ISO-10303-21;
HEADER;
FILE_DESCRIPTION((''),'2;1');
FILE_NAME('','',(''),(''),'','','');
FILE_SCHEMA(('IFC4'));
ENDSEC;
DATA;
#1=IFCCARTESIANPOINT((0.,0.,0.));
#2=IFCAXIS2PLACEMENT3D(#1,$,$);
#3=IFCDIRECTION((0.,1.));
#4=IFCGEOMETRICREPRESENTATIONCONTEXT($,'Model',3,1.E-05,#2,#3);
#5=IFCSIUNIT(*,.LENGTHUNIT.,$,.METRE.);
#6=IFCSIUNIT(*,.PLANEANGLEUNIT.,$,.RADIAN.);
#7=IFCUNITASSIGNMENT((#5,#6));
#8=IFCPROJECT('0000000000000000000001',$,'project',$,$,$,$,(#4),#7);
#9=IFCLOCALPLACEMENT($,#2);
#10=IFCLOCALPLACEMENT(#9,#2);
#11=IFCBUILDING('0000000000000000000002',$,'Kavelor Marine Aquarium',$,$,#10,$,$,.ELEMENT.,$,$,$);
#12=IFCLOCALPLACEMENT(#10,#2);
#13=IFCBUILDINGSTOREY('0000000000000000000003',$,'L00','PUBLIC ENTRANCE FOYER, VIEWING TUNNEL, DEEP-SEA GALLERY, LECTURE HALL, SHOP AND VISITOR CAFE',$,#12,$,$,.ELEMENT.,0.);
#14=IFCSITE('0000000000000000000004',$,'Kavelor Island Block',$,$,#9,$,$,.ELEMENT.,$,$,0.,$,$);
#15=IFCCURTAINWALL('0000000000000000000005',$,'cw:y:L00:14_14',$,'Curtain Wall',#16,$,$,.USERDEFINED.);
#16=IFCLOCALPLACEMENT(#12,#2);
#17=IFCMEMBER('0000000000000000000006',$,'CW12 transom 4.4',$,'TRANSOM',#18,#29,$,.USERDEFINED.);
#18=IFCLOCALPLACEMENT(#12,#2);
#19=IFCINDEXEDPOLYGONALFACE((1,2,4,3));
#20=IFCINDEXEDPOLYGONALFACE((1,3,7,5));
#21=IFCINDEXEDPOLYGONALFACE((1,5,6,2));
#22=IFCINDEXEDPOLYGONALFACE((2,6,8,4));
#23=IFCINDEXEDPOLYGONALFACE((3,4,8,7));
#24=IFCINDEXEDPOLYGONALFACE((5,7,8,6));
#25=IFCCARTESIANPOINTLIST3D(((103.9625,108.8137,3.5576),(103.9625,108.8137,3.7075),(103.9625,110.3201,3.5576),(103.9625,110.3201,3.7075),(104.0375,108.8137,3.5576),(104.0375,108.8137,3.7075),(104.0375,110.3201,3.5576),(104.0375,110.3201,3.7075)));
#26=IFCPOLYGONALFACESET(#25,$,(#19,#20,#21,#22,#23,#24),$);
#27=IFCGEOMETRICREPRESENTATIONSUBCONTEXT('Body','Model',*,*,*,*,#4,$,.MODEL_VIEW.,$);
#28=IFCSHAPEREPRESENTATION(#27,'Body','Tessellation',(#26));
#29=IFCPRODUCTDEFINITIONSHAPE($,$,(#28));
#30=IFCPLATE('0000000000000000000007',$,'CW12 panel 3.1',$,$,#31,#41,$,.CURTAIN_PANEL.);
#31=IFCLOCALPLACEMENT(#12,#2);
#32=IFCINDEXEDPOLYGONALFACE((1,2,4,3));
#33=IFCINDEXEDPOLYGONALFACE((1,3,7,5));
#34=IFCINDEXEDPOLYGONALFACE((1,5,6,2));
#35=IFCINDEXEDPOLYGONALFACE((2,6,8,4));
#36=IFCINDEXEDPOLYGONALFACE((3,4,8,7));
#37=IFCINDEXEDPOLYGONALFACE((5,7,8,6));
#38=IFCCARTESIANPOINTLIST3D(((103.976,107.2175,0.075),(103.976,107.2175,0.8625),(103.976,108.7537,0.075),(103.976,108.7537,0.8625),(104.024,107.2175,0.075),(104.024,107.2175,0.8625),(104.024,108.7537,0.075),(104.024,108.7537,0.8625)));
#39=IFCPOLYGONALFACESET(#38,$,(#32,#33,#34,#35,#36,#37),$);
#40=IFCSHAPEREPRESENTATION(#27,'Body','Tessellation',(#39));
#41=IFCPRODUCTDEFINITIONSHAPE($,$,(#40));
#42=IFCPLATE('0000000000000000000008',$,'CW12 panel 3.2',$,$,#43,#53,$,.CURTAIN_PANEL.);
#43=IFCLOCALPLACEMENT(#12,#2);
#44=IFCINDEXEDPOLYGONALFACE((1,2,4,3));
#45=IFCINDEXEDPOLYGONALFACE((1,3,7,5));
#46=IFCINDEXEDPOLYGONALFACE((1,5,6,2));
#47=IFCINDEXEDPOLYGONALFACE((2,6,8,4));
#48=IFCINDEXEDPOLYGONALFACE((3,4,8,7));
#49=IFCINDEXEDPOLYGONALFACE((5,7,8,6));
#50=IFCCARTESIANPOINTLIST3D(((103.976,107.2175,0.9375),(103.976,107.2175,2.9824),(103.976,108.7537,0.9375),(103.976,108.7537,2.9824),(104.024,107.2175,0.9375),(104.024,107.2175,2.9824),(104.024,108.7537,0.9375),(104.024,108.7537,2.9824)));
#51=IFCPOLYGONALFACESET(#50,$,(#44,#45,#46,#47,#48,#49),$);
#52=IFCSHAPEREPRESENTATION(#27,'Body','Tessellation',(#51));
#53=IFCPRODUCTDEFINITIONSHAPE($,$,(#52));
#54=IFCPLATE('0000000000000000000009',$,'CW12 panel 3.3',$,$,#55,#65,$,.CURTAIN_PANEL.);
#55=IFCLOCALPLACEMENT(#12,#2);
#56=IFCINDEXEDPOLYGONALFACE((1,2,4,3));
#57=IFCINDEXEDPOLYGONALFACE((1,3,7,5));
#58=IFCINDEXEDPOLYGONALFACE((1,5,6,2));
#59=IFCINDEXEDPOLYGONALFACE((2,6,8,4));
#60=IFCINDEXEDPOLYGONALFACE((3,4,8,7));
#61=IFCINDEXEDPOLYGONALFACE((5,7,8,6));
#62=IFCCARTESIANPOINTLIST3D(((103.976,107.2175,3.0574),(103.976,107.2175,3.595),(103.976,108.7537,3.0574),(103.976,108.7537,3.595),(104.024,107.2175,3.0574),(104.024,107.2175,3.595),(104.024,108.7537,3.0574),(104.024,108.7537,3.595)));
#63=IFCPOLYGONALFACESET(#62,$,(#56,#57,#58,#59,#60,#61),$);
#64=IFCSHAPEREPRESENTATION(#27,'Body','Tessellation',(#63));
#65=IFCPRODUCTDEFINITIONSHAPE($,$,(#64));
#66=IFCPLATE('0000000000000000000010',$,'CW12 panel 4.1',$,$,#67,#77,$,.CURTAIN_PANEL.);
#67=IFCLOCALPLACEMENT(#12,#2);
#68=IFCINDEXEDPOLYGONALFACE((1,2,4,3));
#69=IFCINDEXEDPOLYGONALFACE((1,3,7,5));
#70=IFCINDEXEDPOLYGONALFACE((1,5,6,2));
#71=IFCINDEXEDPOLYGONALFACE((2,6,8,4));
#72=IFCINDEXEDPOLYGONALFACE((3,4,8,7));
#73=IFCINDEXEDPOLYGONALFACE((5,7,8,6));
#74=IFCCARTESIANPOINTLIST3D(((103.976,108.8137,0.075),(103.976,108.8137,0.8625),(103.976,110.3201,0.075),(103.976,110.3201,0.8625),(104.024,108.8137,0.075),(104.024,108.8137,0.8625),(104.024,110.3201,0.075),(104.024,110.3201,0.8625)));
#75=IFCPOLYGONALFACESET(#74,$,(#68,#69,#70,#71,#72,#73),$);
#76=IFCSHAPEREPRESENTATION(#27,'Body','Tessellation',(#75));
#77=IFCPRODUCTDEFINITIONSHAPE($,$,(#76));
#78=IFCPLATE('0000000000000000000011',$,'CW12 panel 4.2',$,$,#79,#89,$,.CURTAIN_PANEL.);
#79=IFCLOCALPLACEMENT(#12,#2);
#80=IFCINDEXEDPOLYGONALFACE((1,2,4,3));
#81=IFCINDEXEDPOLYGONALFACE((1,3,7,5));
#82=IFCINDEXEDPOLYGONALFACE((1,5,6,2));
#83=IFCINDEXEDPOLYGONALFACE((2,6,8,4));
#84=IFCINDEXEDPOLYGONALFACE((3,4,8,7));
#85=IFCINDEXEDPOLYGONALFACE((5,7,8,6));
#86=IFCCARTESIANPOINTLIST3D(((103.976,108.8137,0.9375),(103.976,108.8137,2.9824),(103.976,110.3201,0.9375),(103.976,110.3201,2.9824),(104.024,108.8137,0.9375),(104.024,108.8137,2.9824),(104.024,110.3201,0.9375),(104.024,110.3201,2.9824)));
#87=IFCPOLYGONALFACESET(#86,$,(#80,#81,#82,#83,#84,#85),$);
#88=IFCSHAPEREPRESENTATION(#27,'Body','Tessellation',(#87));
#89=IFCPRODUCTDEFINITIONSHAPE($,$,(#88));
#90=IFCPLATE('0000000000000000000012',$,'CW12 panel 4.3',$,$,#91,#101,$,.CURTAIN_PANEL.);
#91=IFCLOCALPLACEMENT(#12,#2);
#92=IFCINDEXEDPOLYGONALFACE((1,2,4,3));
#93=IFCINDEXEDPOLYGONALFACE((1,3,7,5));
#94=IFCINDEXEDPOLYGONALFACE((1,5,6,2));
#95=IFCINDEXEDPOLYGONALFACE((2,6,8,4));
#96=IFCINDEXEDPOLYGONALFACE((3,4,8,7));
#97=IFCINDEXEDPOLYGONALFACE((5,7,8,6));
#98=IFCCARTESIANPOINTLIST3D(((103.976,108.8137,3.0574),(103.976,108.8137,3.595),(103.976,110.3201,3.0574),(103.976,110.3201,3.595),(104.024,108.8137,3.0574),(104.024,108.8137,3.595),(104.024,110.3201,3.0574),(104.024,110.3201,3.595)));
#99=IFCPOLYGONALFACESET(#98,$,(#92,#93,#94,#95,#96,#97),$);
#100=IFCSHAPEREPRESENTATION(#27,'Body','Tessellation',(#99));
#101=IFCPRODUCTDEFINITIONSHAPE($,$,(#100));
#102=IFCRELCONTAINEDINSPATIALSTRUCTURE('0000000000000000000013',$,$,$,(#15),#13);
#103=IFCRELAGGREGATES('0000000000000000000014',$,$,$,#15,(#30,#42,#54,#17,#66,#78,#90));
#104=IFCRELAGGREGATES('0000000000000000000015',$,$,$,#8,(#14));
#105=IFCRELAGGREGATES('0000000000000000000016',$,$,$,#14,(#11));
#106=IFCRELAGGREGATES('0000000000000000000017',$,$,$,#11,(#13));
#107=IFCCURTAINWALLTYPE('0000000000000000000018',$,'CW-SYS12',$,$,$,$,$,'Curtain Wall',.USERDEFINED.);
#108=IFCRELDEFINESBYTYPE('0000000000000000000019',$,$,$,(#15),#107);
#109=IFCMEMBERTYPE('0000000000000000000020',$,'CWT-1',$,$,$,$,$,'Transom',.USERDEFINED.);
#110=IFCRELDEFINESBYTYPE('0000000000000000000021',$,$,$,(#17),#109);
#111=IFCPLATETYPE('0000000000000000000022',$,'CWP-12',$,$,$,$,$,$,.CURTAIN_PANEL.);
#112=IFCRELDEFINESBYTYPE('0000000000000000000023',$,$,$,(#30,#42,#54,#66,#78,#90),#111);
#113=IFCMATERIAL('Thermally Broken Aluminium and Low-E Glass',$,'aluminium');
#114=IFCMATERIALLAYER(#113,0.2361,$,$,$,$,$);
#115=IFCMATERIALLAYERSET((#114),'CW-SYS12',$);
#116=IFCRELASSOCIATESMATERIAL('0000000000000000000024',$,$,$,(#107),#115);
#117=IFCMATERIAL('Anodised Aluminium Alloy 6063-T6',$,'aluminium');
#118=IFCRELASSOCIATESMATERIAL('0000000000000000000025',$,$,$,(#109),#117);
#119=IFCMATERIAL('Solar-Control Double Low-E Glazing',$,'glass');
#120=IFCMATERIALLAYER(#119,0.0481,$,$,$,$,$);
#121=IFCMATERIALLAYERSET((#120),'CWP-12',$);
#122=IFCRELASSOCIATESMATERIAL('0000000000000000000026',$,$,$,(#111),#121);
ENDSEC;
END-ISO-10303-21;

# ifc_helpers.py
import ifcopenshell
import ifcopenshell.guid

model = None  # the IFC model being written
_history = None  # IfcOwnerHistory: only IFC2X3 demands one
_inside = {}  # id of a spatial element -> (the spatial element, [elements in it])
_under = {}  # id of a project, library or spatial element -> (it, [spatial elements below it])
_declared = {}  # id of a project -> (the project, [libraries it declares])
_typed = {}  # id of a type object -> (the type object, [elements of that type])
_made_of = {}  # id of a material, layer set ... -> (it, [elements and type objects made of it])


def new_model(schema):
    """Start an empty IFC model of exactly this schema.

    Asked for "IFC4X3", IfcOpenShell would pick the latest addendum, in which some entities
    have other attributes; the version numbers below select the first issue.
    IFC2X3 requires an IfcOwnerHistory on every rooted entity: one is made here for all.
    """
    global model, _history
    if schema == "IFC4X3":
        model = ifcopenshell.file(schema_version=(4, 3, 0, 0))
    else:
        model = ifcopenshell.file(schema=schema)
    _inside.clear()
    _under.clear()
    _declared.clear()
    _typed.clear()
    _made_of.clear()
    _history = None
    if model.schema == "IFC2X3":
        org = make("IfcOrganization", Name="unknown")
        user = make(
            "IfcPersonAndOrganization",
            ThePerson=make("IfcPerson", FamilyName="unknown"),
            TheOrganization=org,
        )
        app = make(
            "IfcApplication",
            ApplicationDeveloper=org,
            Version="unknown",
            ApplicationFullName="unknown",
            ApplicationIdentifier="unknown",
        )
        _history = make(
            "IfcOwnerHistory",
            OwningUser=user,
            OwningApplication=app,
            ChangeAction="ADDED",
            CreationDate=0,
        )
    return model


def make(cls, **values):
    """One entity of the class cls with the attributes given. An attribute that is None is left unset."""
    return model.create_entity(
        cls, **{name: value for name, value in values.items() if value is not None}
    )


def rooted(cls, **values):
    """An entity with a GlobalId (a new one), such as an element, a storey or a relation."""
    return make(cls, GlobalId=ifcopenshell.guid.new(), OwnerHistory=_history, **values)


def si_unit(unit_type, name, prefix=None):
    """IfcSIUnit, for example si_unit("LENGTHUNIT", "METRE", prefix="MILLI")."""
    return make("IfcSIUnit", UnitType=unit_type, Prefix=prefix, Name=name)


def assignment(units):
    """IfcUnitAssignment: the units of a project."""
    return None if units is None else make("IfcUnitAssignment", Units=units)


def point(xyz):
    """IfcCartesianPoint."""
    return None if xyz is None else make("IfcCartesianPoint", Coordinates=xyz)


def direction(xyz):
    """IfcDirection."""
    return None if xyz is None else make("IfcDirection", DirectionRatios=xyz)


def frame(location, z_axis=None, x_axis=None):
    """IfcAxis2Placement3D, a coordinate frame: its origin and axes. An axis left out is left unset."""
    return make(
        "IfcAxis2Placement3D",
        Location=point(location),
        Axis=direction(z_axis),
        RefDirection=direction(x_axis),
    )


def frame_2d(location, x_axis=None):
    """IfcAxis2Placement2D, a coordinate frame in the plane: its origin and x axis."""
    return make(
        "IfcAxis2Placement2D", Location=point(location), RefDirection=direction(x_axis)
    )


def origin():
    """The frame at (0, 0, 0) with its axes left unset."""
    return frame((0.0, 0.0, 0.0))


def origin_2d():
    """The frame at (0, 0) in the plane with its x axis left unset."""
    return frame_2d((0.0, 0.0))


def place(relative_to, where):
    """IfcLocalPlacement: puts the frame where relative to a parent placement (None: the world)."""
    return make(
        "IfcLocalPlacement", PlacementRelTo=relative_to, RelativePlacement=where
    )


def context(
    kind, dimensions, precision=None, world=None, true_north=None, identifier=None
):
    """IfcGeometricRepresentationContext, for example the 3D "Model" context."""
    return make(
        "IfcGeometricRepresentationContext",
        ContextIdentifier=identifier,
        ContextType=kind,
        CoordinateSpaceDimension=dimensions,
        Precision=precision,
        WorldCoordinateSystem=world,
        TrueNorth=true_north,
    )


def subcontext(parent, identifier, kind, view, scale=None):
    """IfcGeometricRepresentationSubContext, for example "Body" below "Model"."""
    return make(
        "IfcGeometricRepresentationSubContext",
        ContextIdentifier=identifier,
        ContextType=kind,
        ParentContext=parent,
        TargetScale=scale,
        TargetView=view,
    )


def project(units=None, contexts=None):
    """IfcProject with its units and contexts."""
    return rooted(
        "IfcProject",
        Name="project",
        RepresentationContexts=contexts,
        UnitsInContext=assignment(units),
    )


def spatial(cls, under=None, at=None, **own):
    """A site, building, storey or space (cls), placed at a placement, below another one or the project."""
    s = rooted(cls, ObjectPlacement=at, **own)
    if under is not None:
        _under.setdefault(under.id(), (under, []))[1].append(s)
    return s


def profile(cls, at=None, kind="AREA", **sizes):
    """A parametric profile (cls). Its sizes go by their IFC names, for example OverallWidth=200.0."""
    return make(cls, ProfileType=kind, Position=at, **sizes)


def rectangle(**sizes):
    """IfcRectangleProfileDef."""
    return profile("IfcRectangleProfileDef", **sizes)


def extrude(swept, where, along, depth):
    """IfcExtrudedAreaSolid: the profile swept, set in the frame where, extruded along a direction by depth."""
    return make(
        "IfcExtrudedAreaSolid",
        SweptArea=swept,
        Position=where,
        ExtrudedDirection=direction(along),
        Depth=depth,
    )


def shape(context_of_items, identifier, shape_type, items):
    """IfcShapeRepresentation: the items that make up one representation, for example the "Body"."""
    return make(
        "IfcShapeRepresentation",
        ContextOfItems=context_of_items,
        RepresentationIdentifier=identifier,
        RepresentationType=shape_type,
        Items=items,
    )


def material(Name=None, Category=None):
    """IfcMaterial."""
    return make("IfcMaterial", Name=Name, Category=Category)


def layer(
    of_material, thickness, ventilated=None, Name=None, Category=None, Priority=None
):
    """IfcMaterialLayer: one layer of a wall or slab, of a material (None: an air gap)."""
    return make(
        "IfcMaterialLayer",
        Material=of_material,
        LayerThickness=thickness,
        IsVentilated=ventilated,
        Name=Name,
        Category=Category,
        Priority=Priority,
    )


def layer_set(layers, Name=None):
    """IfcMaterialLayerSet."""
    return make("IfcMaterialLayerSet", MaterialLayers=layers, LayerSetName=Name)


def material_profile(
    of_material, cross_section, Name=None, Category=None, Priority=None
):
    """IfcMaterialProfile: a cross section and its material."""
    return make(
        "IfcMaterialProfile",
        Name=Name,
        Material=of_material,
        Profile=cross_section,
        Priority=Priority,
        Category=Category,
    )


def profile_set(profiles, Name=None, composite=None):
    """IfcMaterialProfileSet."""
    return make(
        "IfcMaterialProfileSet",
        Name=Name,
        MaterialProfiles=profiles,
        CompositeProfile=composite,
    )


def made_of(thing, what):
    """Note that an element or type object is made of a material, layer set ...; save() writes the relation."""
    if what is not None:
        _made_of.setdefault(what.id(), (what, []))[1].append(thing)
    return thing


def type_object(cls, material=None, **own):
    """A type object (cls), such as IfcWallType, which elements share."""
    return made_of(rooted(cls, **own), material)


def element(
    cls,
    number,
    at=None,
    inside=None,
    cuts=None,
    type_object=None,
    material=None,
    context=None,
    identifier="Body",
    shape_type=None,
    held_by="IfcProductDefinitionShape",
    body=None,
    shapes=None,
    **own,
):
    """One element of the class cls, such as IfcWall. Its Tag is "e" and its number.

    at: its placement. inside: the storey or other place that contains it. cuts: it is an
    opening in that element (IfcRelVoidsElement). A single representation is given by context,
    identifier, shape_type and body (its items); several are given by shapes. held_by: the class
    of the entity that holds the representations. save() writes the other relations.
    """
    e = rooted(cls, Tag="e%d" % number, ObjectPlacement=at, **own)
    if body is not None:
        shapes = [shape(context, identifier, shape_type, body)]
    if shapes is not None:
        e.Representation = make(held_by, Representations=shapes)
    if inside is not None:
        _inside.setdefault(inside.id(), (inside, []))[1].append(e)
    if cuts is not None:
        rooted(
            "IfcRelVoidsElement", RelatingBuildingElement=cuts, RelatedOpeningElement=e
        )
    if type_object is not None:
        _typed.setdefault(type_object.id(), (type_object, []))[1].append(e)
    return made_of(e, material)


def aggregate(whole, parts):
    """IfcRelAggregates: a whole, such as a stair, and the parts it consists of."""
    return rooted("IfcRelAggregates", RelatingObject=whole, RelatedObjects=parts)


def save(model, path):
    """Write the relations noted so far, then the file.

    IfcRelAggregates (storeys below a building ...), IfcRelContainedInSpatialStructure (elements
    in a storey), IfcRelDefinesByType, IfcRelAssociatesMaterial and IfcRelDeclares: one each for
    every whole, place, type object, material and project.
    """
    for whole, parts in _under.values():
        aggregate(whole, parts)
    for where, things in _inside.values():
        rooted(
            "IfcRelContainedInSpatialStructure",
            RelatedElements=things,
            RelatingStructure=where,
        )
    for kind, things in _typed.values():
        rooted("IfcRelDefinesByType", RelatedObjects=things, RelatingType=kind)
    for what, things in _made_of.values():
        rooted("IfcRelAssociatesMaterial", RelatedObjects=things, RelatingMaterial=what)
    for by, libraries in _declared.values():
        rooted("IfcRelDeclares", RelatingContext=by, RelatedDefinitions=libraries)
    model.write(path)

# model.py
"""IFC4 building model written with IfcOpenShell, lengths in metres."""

from ifc_helpers import new_model, si_unit, direction, frame, origin, origin_2d, place, context, subcontext, project, spatial, rectangle, extrude, material, layer, layer_set, material_profile, profile_set, type_object, element, aggregate, save


model = new_model("IFC4")

# Units and contexts
model_context = context("Model", 3, precision=1e-05, world=origin(), true_north=direction((0.0, 1.0)))
body_context = subcontext(model_context, "Body", "Model", "MODEL_VIEW")
ifc_project = project(units=[si_unit("LENGTHUNIT", "METRE"), si_unit("PLANEANGLEUNIT", "RADIAN")], contexts=[model_context])

# Site, building, storey
site_placement = place(None, origin())
site = spatial("IfcSite", under=ifc_project, at=site_placement, Name="Kavelor Island Block", CompositionType="ELEMENT", RefElevation=0.0)
building_placement = place(site_placement, origin())
building = spatial("IfcBuilding", under=site, at=building_placement, Name="Kavelor Marine Aquarium", CompositionType="ELEMENT")
storey_placement = place(building_placement, origin())
storey = spatial("IfcBuildingStorey", under=building, at=storey_placement, Name="L00", Description="PUBLIC ENTRANCE FOYER, VIEWING TUNNEL, DEEP-SEA GALLERY, LECTURE HALL, SHOP AND VISITOR CAFE", CompositionType="ELEMENT", Elevation=0.0)

# Curtain wall, member, plates
ifc_material_1 = material(Name="Thermally Broken Aluminium and Low-E Glass", Category="aluminium")
ifc_layer_1 = layer(ifc_material_1, 0.2361)
ifc_layer_set_1 = layer_set([ifc_layer_1], Name="CW-SYS12")
curtain_wall_type = type_object("IfcCurtainWallType", Name="CW-SYS12", ElementType="Curtain Wall", PredefinedType="USERDEFINED", material=ifc_layer_set_1)
curtain_wall_placement = place(storey_placement, origin())
curtain_wall = element("IfcCurtainWall", 1, at=curtain_wall_placement, inside=storey, type_object=curtain_wall_type, Name="cw:y:L00:14_14", ObjectType="Curtain Wall", PredefinedType="USERDEFINED")
ifc_material_2 = material(Name="Anodised Aluminium Alloy 6063-T6", Category="aluminium")
ifc_material_profile_1 = material_profile(ifc_material_2, rectangle(XDim=0.075, YDim=0.1499, at=origin_2d()), Name="CW-TRN 75x150")
ifc_profile_set_1 = profile_set([ifc_material_profile_1], Name="Anodised Aluminium Alloy 6063-T6")
member_type_1 = type_object("IfcMemberType", Name="CWT-1", ElementType="Transom", PredefinedType="USERDEFINED", material=ifc_profile_set_1)
member_1_placement = place(storey_placement, frame((104.0, 108.8137, 3.6326), z_axis=(0.0, 1.0, 0.0), x_axis=(-1.0, 0.0, 0.0)))
member_1 = element("IfcMember", 2, at=member_1_placement, type_object=member_type_1, Name="CW12 transom 4.4", ObjectType="TRANSOM", PredefinedType="USERDEFINED", context=body_context, shape_type="SweptSolid", body=[
    extrude(rectangle(XDim=0.075, YDim=0.1499, at=origin_2d()), origin(), (0.0, 0.0, 1.0), 1.5063),
])
ifc_material_3 = material(Name="Solar-Control Double Low-E Glazing", Category="glass")
ifc_layer_2 = layer(ifc_material_3, 0.0481)
ifc_layer_set_2 = layer_set([ifc_layer_2], Name="CWP-12")
plate_type = type_object("IfcPlateType", Name="CWP-12", PredefinedType="CURTAIN_PANEL", material=ifc_layer_set_2)
plate_1_placement = place(storey_placement, frame((104.0, 107.9856, 0.075), z_axis=(0.0, 0.0, 1.0), x_axis=(0.0, 1.0, 0.0)))
plate_1 = element("IfcPlate", 3, at=plate_1_placement, type_object=plate_type, Name="CW12 panel 3.1", PredefinedType="CURTAIN_PANEL", context=body_context, shape_type="SweptSolid", body=[
    extrude(rectangle(XDim=1.5361, YDim=0.0481, at=origin_2d()), origin(), (0.0, 0.0, 1.0), 0.7876),
])
plate_2_placement = place(storey_placement, frame((104.0, 107.9856, 0.9375), z_axis=(0.0, 0.0, 1.0), x_axis=(0.0, 1.0, 0.0)))
plate_2 = element("IfcPlate", 4, at=plate_2_placement, type_object=plate_type, Name="CW12 panel 3.2", PredefinedType="CURTAIN_PANEL", context=body_context, shape_type="SweptSolid", body=[
    extrude(rectangle(XDim=1.5361, YDim=0.0481, at=origin_2d()), origin(), (0.0, 0.0, 1.0), 2.0449),
])
plate_3_placement = place(storey_placement, frame((104.0, 107.9856, 3.0574), z_axis=(0.0, 0.0, 1.0), x_axis=(0.0, 1.0, 0.0)))
plate_3 = element("IfcPlate", 5, at=plate_3_placement, type_object=plate_type, Name="CW12 panel 3.3", PredefinedType="CURTAIN_PANEL", context=body_context, shape_type="SweptSolid", body=[
    extrude(rectangle(XDim=1.5361, YDim=0.0481, at=origin_2d()), origin(), (0.0, 0.0, 1.0), 0.5376),
])
plate_4_placement = place(storey_placement, frame((104.0, 109.5669, 0.075), z_axis=(0.0, 0.0, 1.0), x_axis=(0.0, 1.0, 0.0)))
plate_4 = element("IfcPlate", 6, at=plate_4_placement, type_object=plate_type, Name="CW12 panel 4.1", PredefinedType="CURTAIN_PANEL", context=body_context, shape_type="SweptSolid", body=[
    extrude(rectangle(XDim=1.5063, YDim=0.0481, at=origin_2d()), origin(), (0.0, 0.0, 1.0), 0.7876),
])
plate_5_placement = place(storey_placement, frame((104.0, 109.5669, 0.9375), z_axis=(0.0, 0.0, 1.0), x_axis=(0.0, 1.0, 0.0)))
plate_5 = element("IfcPlate", 7, at=plate_5_placement, type_object=plate_type, Name="CW12 panel 4.2", PredefinedType="CURTAIN_PANEL", context=body_context, shape_type="SweptSolid", body=[
    extrude(rectangle(XDim=1.5063, YDim=0.0481, at=origin_2d()), origin(), (0.0, 0.0, 1.0), 2.0449),
])
plate_6_placement = place(storey_placement, frame((104.0, 109.5669, 3.0574), z_axis=(0.0, 0.0, 1.0), x_axis=(0.0, 1.0, 0.0)))
plate_6 = element("IfcPlate", 8, at=plate_6_placement, type_object=plate_type, Name="CW12 panel 4.3", PredefinedType="CURTAIN_PANEL", context=body_context, shape_type="SweptSolid", body=[
    extrude(rectangle(XDim=1.5063, YDim=0.0481, at=origin_2d()), origin(), (0.0, 0.0, 1.0), 0.5376),
])
aggregate(curtain_wall, [plate_1, plate_2, plate_3, member_1, plate_4, plate_5, plate_6])

save(model, "model.ifc")
